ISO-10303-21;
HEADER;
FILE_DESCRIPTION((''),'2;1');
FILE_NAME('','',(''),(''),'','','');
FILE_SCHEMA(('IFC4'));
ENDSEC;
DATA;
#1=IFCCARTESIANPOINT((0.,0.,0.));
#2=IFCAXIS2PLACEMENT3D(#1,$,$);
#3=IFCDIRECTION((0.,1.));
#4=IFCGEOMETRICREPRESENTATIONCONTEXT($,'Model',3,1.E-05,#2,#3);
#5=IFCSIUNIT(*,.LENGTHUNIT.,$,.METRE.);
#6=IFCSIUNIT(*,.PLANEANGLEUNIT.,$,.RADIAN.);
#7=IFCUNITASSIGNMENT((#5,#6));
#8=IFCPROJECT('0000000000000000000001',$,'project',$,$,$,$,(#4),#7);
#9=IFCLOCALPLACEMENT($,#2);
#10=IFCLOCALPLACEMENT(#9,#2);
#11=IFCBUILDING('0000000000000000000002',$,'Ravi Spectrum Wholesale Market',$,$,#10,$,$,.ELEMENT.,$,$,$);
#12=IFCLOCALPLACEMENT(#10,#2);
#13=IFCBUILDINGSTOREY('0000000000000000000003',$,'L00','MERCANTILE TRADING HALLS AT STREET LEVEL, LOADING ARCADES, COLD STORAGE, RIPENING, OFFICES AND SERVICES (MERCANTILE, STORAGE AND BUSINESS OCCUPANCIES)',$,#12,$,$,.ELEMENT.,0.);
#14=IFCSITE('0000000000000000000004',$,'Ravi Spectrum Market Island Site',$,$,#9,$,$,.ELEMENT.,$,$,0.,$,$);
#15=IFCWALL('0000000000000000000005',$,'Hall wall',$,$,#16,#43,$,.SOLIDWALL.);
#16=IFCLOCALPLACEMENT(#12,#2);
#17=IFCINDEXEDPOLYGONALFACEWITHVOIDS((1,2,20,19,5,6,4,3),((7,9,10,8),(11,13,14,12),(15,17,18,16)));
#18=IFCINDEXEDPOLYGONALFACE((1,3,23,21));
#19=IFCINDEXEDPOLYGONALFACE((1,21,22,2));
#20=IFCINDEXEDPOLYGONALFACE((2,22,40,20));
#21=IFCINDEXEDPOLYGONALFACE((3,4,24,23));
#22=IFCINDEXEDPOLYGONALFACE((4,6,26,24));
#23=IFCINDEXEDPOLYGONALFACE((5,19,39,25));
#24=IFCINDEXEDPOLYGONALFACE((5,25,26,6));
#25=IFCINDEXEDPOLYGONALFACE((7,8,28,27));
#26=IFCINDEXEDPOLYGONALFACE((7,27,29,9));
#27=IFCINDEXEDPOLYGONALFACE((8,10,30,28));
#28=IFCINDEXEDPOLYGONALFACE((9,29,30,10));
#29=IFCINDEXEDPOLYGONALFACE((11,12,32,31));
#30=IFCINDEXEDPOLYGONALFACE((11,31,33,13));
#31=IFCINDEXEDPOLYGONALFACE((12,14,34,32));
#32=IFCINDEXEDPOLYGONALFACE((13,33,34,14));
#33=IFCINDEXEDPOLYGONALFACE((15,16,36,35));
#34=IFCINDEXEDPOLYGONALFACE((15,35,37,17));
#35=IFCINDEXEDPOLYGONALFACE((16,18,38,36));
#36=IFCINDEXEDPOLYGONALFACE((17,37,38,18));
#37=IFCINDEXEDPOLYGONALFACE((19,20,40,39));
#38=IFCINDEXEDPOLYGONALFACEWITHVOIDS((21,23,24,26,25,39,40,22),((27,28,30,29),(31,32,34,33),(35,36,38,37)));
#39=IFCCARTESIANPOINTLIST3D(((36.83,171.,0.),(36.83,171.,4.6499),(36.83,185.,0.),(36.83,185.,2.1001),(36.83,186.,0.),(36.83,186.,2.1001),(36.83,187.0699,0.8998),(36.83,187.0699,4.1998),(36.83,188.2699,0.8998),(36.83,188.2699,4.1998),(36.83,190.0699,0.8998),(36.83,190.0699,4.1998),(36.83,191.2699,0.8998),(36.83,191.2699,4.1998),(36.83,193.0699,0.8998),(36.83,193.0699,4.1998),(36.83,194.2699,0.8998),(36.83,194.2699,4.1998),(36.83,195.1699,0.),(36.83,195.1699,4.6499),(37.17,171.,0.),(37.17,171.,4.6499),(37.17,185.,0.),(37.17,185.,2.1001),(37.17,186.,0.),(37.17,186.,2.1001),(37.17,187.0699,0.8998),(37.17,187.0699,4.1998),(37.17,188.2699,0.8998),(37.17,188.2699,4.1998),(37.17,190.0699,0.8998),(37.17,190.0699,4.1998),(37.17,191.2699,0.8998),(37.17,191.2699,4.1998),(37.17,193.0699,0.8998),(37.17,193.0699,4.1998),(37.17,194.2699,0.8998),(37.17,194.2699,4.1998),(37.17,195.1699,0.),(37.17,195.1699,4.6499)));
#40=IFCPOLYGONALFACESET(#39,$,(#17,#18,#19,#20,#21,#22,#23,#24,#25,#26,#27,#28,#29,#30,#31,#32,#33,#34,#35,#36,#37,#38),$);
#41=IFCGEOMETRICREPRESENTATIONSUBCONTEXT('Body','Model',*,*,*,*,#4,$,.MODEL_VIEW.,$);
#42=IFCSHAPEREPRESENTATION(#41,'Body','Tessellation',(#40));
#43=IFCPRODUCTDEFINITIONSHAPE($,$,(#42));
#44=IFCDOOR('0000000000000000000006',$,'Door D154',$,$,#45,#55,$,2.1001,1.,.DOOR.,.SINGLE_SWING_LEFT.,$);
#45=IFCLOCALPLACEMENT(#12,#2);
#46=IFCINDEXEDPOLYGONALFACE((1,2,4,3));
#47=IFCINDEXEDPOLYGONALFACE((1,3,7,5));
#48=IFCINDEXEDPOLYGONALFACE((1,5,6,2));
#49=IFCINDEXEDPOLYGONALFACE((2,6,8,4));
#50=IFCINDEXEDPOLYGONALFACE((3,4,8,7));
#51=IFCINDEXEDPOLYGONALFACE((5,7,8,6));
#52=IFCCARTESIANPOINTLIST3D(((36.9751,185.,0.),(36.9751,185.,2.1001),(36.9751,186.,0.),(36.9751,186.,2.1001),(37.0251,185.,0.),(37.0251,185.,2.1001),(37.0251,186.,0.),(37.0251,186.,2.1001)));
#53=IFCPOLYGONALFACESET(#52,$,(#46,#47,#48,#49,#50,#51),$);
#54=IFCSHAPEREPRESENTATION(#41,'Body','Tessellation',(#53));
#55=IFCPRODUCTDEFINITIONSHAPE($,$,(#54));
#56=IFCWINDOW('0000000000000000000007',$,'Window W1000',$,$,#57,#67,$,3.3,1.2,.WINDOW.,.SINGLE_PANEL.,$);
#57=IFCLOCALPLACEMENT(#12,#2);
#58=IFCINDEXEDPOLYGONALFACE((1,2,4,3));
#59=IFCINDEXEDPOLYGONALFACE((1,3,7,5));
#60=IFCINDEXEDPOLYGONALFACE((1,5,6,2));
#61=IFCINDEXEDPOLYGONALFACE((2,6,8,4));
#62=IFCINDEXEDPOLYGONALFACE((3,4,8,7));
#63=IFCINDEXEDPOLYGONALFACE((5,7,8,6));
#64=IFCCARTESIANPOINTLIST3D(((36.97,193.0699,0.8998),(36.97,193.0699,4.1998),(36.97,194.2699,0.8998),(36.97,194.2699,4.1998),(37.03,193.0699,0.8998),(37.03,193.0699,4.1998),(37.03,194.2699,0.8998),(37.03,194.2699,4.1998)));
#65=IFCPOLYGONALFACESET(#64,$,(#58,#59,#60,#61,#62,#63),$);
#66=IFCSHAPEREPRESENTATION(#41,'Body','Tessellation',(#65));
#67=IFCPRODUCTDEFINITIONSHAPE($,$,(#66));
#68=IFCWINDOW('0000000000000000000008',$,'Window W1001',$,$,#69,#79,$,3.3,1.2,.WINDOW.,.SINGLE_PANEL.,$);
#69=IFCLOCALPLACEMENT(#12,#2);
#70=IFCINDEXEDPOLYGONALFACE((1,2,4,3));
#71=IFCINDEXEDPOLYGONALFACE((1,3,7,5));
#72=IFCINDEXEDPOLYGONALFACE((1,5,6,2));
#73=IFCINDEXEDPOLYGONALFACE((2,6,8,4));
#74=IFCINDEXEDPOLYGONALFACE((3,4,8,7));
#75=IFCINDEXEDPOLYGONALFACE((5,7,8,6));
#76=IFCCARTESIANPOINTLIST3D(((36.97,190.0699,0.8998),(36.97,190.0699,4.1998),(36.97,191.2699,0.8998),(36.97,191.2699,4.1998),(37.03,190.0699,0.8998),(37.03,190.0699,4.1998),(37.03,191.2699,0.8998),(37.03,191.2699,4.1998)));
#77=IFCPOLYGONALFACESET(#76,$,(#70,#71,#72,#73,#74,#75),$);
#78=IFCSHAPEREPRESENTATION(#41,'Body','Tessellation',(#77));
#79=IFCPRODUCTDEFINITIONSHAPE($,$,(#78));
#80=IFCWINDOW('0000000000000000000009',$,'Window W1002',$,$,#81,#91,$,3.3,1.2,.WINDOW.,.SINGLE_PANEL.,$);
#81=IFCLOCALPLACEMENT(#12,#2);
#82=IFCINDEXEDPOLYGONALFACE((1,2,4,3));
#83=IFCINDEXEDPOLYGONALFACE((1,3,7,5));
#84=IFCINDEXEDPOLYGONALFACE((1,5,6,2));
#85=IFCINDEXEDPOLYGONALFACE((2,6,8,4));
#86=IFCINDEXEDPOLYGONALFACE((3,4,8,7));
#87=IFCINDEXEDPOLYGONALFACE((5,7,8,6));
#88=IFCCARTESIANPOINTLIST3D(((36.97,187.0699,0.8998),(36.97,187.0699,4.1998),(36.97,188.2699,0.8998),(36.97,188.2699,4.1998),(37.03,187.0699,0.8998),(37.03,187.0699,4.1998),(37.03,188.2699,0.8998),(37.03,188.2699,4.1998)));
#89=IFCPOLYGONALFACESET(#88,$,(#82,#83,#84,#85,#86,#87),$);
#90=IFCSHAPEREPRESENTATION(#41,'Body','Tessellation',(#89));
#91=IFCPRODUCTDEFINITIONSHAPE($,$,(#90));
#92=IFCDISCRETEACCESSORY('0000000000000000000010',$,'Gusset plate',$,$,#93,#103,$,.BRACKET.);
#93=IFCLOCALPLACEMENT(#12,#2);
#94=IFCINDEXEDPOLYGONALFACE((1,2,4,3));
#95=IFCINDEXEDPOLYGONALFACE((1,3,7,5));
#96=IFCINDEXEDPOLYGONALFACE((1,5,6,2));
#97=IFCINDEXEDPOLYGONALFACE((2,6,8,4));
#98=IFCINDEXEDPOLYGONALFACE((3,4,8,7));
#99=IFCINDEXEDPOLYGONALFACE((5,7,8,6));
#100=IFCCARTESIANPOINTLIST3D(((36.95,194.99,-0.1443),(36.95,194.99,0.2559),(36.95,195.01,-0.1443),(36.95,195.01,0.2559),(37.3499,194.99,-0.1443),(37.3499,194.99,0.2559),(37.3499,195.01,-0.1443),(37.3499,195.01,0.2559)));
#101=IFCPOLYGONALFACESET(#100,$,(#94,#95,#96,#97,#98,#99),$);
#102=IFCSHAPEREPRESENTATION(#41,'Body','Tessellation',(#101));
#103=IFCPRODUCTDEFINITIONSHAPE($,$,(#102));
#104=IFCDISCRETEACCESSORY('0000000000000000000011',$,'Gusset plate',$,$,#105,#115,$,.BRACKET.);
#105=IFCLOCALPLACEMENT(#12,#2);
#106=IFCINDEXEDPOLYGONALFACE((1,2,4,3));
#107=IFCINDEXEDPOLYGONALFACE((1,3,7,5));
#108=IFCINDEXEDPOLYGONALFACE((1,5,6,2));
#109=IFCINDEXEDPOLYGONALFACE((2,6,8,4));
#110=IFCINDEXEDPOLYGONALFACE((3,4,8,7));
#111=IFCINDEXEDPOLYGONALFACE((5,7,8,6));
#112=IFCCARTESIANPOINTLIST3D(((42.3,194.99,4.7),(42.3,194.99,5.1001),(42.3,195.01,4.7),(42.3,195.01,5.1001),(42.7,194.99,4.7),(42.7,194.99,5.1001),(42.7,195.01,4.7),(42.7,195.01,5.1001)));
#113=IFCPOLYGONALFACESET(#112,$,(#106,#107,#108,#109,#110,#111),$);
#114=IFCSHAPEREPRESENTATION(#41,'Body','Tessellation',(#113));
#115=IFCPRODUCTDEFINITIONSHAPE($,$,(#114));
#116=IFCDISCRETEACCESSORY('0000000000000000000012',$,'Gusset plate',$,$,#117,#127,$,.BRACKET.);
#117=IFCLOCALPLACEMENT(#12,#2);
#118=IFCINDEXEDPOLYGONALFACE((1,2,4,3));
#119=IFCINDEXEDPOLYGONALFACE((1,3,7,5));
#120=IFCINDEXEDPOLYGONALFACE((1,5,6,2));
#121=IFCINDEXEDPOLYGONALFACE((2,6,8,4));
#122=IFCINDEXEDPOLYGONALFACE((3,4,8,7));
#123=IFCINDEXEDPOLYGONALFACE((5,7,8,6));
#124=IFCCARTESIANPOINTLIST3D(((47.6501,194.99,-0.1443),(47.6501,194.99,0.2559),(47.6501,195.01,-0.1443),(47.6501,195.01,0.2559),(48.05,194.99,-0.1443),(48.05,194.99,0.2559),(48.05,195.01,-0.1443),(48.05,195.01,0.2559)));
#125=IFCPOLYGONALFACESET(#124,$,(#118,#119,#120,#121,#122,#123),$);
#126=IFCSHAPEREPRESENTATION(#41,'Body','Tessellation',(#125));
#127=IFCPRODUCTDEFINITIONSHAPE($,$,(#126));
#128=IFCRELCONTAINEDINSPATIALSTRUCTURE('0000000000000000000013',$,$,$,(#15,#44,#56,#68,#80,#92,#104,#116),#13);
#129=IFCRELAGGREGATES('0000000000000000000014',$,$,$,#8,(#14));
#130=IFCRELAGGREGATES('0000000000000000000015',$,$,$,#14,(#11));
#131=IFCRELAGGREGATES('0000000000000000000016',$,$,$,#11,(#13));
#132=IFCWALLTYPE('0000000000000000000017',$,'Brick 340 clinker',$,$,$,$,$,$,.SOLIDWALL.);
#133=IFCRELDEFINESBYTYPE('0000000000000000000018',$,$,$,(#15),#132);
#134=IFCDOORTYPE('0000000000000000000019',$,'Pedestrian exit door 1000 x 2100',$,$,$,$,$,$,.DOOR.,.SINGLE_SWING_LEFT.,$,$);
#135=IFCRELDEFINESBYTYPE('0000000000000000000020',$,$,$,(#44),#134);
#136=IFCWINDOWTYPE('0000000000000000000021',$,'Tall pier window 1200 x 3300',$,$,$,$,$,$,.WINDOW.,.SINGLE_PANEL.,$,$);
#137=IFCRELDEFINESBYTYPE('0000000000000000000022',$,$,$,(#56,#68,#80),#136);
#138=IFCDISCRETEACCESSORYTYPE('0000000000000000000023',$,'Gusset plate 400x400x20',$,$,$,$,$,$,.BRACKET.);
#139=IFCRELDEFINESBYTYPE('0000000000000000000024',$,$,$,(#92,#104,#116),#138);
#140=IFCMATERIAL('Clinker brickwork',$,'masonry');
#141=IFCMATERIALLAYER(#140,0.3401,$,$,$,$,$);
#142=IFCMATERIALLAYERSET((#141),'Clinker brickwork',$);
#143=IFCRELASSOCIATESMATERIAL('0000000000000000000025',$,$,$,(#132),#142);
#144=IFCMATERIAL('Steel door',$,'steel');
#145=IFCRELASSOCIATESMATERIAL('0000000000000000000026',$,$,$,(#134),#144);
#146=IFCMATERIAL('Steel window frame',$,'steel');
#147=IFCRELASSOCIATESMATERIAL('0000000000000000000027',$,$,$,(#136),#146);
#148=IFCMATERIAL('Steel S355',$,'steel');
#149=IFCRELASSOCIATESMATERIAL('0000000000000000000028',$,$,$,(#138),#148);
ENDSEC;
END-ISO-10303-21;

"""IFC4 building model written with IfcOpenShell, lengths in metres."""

from ifc_helpers import new_model, si_unit, direction, frame, frame_2d, origin, origin_2d, place, context, subcontext, project, spatial, rectangle, extrude, material, layer, layer_set, material_profile, profile_set, type_object, element, fill, save


model = new_model("IFC4")

# Units and contexts
model_context = context("Model", 3, precision=1e-05, world=origin(), true_north=direction((0.0, 1.0)))
body_context = subcontext(model_context, "Body", "Model", "MODEL_VIEW")
ifc_project = project(units=[si_unit("LENGTHUNIT", "METRE"), si_unit("PLANEANGLEUNIT", "RADIAN")], contexts=[model_context])

# Site, building, storey
site_placement = place(None, origin())
site = spatial("IfcSite", under=ifc_project, at=site_placement, Name="Ravi Spectrum Market Island Site", CompositionType="ELEMENT", RefElevation=0.0)
building_placement = place(site_placement, origin())
building = spatial("IfcBuilding", under=site, at=building_placement, Name="Ravi Spectrum Wholesale Market", CompositionType="ELEMENT")
storey_placement = place(building_placement, origin())
storey = spatial("IfcBuildingStorey", under=building, at=storey_placement, Name="L00", Description="MERCANTILE TRADING HALLS AT STREET LEVEL, LOADING ARCADES, COLD STORAGE, RIPENING, OFFICES AND SERVICES (MERCANTILE, STORAGE AND BUSINESS OCCUPANCIES)", CompositionType="ELEMENT", Elevation=0.0)

# Wall, openings, door, windows
ifc_material_1 = material(Name="Clinker brickwork", Category="masonry")
ifc_layer = layer(ifc_material_1, 0.3401)
ifc_layer_set = layer_set([ifc_layer], Name="Clinker brickwork")
wall_type = type_object("IfcWallType", Name="Brick 340 clinker", PredefinedType="SOLIDWALL", material=ifc_layer_set)
wall_placement = place(storey_placement, frame((37.0, 195.1699, 0.0), z_axis=(0.0, 0.0, 1.0), x_axis=(0.0, -1.0, 0.0)))
wall = element("IfcWall", 1, at=wall_placement, inside=storey, type_object=wall_type, Name="Hall wall", PredefinedType="SOLIDWALL", context=body_context, shape_type="SweptSolid", body=[
    extrude(rectangle(XDim=24.1699, YDim=0.3401, at=frame_2d((12.085, 0.0))), origin(), (0.0, 0.0, 1.0), 4.6499),
])
opening_1_placement = place(wall_placement, frame((10.1699, 0.0, 0.0), z_axis=(0.0, 0.0, 1.0), x_axis=(-1.0, 0.0, 0.0)))
opening_1 = element("IfcOpeningElement", 2, at=opening_1_placement, cuts=wall, PredefinedType="OPENING", context=body_context, shape_type="SweptSolid", body=[
    extrude(rectangle(XDim=1.0, YDim=2.1001, at=frame_2d((0.5, 1.05))), frame((0.0, 0.1799, 0.0), z_axis=(0.0, -1.0, 0.0), x_axis=(1.0, 0.0, 0.0)), (0.0, 0.0, 1.0), 0.3601),
])
opening_2_placement = place(wall_placement, frame((0.8999, 0.0, 0.8999)))
opening_2 = element("IfcOpeningElement", 3, at=opening_2_placement, cuts=wall, PredefinedType="OPENING", context=body_context, shape_type="SweptSolid", body=[
    extrude(rectangle(XDim=1.2, YDim=3.3, at=frame_2d((0.6001, 1.6499))), frame((0.0, 0.1799, 0.0), z_axis=(0.0, -1.0, 0.0), x_axis=(1.0, 0.0, 0.0)), (0.0, 0.0, 1.0), 0.3601),
])
opening_3_placement = place(wall_placement, frame((3.8999, 0.0, 0.8999)))
opening_3 = element("IfcOpeningElement", 4, at=opening_3_placement, cuts=wall, PredefinedType="OPENING", context=body_context, shape_type="SweptSolid", body=[
    extrude(rectangle(XDim=1.2, YDim=3.3, at=frame_2d((0.6001, 1.6499))), frame((0.0, 0.1799, 0.0), z_axis=(0.0, -1.0, 0.0), x_axis=(1.0, 0.0, 0.0)), (0.0, 0.0, 1.0), 0.3601),
])
opening_4_placement = place(wall_placement, frame((6.8999, 0.0, 0.8999)))
opening_4 = element("IfcOpeningElement", 5, at=opening_4_placement, cuts=wall, PredefinedType="OPENING", context=body_context, shape_type="SweptSolid", body=[
    extrude(rectangle(XDim=1.2, YDim=3.3, at=frame_2d((0.6001, 1.6499))), frame((0.0, 0.1799, 0.0), z_axis=(0.0, -1.0, 0.0), x_axis=(1.0, 0.0, 0.0)), (0.0, 0.0, 1.0), 0.3601),
])
ifc_material_2 = material(Name="Steel door", Category="steel")
door_type = type_object("IfcDoorType", Name="Pedestrian exit door 1000 x 2100", OperationType="SINGLE_SWING_LEFT", PredefinedType="DOOR", material=ifc_material_2)
door_placement = place(opening_1_placement, origin())
door = element("IfcDoor", 6, at=door_placement, inside=storey, type_object=door_type, Name="Door D154", OperationType="SINGLE_SWING_LEFT", OverallHeight=2.1001, OverallWidth=1.0, PredefinedType="DOOR", context=body_context, shape_type="SweptSolid", body=[
    extrude(rectangle(XDim=1.0, YDim=2.1001, at=frame_2d((0.5, 1.05))), frame((0.0, 0.0249, 0.0), z_axis=(0.0, -1.0, 0.0), x_axis=(1.0, 0.0, 0.0)), (0.0, 0.0, 1.0), 0.05),
])
fill(opening_1, door)
ifc_material_3 = material(Name="Steel window frame", Category="steel")
window_type = type_object("IfcWindowType", Name="Tall pier window 1200 x 3300", PartitioningType="SINGLE_PANEL", PredefinedType="WINDOW", material=ifc_material_3)
window_1_placement = place(opening_2_placement, origin())
window_1 = element("IfcWindow", 7, at=window_1_placement, inside=storey, type_object=window_type, Name="Window W1000", OverallHeight=3.3, OverallWidth=1.2, PartitioningType="SINGLE_PANEL", PredefinedType="WINDOW", context=body_context, shape_type="SweptSolid", body=[
    extrude(rectangle(XDim=1.2, YDim=3.3, at=frame_2d((0.6001, 1.6499))), frame((0.0, 0.03, 0.0), z_axis=(0.0, -1.0, 0.0), x_axis=(1.0, 0.0, 0.0)), (0.0, 0.0, 1.0), 0.0601),
])
fill(opening_2, window_1)
window_2_placement = place(opening_3_placement, origin())
window_2 = element("IfcWindow", 8, at=window_2_placement, inside=storey, type_object=window_type, Name="Window W1001", OverallHeight=3.3, OverallWidth=1.2, PartitioningType="SINGLE_PANEL", PredefinedType="WINDOW", context=body_context, shape_type="SweptSolid", body=[
    extrude(rectangle(XDim=1.2, YDim=3.3, at=frame_2d((0.6001, 1.6499))), frame((0.0, 0.03, 0.0), z_axis=(0.0, -1.0, 0.0), x_axis=(1.0, 0.0, 0.0)), (0.0, 0.0, 1.0), 0.0601),
])
fill(opening_3, window_2)
window_3_placement = place(opening_4_placement, origin())
window_3 = element("IfcWindow", 9, at=window_3_placement, inside=storey, type_object=window_type, Name="Window W1002", OverallHeight=3.3, OverallWidth=1.2, PartitioningType="SINGLE_PANEL", PredefinedType="WINDOW", context=body_context, shape_type="SweptSolid", body=[
    extrude(rectangle(XDim=1.2, YDim=3.3, at=frame_2d((0.6001, 1.6499))), frame((0.0, 0.03, 0.0), z_axis=(0.0, -1.0, 0.0), x_axis=(1.0, 0.0, 0.0)), (0.0, 0.0, 1.0), 0.0601),
])
fill(opening_4, window_3)

# Discrete accessories
ifc_material_4 = material(Name="Steel S355", Category="steel")
ifc_material_profile_1 = material_profile(ifc_material_4, rectangle(XDim=0.3999, YDim=0.02, at=origin_2d()))
ifc_profile_set_1 = profile_set([ifc_material_profile_1], Name="Steel S355")
discrete_accessory_type = type_object("IfcDiscreteAccessoryType", Name="Gusset plate 400x400x20", PredefinedType="BRACKET", material=ifc_profile_set_1)
for number, where, z_axis, x_axis, name in (
    (10, (37.1499, 195.0, -0.1443), (0.0, 0.0, 1.0), (1.0, 0.0, 0.0), "Gusset plate"),
    (11, (42.5, 195.0, 4.7), (0.0, 0.0, 1.0), (1.0, 0.0, 0.0), "Gusset plate"),
    (12, (47.8501, 195.0, -0.1443), (0.0, 0.0, 1.0), (-1.0, 0.0, 0.0), "Gusset plate"),
):
    element("IfcDiscreteAccessory", number, at=place(storey_placement, frame(where, z_axis=z_axis, x_axis=x_axis)), inside=storey, type_object=discrete_accessory_type, Name=name, PredefinedType="BRACKET", context=body_context, shape_type="SweptSolid", body=[
        extrude(rectangle(XDim=0.3999, YDim=0.02, at=origin_2d()), origin(), (0.0, 0.0, 1.0), 0.4001),
    ])

save(model, "model.ifc")
